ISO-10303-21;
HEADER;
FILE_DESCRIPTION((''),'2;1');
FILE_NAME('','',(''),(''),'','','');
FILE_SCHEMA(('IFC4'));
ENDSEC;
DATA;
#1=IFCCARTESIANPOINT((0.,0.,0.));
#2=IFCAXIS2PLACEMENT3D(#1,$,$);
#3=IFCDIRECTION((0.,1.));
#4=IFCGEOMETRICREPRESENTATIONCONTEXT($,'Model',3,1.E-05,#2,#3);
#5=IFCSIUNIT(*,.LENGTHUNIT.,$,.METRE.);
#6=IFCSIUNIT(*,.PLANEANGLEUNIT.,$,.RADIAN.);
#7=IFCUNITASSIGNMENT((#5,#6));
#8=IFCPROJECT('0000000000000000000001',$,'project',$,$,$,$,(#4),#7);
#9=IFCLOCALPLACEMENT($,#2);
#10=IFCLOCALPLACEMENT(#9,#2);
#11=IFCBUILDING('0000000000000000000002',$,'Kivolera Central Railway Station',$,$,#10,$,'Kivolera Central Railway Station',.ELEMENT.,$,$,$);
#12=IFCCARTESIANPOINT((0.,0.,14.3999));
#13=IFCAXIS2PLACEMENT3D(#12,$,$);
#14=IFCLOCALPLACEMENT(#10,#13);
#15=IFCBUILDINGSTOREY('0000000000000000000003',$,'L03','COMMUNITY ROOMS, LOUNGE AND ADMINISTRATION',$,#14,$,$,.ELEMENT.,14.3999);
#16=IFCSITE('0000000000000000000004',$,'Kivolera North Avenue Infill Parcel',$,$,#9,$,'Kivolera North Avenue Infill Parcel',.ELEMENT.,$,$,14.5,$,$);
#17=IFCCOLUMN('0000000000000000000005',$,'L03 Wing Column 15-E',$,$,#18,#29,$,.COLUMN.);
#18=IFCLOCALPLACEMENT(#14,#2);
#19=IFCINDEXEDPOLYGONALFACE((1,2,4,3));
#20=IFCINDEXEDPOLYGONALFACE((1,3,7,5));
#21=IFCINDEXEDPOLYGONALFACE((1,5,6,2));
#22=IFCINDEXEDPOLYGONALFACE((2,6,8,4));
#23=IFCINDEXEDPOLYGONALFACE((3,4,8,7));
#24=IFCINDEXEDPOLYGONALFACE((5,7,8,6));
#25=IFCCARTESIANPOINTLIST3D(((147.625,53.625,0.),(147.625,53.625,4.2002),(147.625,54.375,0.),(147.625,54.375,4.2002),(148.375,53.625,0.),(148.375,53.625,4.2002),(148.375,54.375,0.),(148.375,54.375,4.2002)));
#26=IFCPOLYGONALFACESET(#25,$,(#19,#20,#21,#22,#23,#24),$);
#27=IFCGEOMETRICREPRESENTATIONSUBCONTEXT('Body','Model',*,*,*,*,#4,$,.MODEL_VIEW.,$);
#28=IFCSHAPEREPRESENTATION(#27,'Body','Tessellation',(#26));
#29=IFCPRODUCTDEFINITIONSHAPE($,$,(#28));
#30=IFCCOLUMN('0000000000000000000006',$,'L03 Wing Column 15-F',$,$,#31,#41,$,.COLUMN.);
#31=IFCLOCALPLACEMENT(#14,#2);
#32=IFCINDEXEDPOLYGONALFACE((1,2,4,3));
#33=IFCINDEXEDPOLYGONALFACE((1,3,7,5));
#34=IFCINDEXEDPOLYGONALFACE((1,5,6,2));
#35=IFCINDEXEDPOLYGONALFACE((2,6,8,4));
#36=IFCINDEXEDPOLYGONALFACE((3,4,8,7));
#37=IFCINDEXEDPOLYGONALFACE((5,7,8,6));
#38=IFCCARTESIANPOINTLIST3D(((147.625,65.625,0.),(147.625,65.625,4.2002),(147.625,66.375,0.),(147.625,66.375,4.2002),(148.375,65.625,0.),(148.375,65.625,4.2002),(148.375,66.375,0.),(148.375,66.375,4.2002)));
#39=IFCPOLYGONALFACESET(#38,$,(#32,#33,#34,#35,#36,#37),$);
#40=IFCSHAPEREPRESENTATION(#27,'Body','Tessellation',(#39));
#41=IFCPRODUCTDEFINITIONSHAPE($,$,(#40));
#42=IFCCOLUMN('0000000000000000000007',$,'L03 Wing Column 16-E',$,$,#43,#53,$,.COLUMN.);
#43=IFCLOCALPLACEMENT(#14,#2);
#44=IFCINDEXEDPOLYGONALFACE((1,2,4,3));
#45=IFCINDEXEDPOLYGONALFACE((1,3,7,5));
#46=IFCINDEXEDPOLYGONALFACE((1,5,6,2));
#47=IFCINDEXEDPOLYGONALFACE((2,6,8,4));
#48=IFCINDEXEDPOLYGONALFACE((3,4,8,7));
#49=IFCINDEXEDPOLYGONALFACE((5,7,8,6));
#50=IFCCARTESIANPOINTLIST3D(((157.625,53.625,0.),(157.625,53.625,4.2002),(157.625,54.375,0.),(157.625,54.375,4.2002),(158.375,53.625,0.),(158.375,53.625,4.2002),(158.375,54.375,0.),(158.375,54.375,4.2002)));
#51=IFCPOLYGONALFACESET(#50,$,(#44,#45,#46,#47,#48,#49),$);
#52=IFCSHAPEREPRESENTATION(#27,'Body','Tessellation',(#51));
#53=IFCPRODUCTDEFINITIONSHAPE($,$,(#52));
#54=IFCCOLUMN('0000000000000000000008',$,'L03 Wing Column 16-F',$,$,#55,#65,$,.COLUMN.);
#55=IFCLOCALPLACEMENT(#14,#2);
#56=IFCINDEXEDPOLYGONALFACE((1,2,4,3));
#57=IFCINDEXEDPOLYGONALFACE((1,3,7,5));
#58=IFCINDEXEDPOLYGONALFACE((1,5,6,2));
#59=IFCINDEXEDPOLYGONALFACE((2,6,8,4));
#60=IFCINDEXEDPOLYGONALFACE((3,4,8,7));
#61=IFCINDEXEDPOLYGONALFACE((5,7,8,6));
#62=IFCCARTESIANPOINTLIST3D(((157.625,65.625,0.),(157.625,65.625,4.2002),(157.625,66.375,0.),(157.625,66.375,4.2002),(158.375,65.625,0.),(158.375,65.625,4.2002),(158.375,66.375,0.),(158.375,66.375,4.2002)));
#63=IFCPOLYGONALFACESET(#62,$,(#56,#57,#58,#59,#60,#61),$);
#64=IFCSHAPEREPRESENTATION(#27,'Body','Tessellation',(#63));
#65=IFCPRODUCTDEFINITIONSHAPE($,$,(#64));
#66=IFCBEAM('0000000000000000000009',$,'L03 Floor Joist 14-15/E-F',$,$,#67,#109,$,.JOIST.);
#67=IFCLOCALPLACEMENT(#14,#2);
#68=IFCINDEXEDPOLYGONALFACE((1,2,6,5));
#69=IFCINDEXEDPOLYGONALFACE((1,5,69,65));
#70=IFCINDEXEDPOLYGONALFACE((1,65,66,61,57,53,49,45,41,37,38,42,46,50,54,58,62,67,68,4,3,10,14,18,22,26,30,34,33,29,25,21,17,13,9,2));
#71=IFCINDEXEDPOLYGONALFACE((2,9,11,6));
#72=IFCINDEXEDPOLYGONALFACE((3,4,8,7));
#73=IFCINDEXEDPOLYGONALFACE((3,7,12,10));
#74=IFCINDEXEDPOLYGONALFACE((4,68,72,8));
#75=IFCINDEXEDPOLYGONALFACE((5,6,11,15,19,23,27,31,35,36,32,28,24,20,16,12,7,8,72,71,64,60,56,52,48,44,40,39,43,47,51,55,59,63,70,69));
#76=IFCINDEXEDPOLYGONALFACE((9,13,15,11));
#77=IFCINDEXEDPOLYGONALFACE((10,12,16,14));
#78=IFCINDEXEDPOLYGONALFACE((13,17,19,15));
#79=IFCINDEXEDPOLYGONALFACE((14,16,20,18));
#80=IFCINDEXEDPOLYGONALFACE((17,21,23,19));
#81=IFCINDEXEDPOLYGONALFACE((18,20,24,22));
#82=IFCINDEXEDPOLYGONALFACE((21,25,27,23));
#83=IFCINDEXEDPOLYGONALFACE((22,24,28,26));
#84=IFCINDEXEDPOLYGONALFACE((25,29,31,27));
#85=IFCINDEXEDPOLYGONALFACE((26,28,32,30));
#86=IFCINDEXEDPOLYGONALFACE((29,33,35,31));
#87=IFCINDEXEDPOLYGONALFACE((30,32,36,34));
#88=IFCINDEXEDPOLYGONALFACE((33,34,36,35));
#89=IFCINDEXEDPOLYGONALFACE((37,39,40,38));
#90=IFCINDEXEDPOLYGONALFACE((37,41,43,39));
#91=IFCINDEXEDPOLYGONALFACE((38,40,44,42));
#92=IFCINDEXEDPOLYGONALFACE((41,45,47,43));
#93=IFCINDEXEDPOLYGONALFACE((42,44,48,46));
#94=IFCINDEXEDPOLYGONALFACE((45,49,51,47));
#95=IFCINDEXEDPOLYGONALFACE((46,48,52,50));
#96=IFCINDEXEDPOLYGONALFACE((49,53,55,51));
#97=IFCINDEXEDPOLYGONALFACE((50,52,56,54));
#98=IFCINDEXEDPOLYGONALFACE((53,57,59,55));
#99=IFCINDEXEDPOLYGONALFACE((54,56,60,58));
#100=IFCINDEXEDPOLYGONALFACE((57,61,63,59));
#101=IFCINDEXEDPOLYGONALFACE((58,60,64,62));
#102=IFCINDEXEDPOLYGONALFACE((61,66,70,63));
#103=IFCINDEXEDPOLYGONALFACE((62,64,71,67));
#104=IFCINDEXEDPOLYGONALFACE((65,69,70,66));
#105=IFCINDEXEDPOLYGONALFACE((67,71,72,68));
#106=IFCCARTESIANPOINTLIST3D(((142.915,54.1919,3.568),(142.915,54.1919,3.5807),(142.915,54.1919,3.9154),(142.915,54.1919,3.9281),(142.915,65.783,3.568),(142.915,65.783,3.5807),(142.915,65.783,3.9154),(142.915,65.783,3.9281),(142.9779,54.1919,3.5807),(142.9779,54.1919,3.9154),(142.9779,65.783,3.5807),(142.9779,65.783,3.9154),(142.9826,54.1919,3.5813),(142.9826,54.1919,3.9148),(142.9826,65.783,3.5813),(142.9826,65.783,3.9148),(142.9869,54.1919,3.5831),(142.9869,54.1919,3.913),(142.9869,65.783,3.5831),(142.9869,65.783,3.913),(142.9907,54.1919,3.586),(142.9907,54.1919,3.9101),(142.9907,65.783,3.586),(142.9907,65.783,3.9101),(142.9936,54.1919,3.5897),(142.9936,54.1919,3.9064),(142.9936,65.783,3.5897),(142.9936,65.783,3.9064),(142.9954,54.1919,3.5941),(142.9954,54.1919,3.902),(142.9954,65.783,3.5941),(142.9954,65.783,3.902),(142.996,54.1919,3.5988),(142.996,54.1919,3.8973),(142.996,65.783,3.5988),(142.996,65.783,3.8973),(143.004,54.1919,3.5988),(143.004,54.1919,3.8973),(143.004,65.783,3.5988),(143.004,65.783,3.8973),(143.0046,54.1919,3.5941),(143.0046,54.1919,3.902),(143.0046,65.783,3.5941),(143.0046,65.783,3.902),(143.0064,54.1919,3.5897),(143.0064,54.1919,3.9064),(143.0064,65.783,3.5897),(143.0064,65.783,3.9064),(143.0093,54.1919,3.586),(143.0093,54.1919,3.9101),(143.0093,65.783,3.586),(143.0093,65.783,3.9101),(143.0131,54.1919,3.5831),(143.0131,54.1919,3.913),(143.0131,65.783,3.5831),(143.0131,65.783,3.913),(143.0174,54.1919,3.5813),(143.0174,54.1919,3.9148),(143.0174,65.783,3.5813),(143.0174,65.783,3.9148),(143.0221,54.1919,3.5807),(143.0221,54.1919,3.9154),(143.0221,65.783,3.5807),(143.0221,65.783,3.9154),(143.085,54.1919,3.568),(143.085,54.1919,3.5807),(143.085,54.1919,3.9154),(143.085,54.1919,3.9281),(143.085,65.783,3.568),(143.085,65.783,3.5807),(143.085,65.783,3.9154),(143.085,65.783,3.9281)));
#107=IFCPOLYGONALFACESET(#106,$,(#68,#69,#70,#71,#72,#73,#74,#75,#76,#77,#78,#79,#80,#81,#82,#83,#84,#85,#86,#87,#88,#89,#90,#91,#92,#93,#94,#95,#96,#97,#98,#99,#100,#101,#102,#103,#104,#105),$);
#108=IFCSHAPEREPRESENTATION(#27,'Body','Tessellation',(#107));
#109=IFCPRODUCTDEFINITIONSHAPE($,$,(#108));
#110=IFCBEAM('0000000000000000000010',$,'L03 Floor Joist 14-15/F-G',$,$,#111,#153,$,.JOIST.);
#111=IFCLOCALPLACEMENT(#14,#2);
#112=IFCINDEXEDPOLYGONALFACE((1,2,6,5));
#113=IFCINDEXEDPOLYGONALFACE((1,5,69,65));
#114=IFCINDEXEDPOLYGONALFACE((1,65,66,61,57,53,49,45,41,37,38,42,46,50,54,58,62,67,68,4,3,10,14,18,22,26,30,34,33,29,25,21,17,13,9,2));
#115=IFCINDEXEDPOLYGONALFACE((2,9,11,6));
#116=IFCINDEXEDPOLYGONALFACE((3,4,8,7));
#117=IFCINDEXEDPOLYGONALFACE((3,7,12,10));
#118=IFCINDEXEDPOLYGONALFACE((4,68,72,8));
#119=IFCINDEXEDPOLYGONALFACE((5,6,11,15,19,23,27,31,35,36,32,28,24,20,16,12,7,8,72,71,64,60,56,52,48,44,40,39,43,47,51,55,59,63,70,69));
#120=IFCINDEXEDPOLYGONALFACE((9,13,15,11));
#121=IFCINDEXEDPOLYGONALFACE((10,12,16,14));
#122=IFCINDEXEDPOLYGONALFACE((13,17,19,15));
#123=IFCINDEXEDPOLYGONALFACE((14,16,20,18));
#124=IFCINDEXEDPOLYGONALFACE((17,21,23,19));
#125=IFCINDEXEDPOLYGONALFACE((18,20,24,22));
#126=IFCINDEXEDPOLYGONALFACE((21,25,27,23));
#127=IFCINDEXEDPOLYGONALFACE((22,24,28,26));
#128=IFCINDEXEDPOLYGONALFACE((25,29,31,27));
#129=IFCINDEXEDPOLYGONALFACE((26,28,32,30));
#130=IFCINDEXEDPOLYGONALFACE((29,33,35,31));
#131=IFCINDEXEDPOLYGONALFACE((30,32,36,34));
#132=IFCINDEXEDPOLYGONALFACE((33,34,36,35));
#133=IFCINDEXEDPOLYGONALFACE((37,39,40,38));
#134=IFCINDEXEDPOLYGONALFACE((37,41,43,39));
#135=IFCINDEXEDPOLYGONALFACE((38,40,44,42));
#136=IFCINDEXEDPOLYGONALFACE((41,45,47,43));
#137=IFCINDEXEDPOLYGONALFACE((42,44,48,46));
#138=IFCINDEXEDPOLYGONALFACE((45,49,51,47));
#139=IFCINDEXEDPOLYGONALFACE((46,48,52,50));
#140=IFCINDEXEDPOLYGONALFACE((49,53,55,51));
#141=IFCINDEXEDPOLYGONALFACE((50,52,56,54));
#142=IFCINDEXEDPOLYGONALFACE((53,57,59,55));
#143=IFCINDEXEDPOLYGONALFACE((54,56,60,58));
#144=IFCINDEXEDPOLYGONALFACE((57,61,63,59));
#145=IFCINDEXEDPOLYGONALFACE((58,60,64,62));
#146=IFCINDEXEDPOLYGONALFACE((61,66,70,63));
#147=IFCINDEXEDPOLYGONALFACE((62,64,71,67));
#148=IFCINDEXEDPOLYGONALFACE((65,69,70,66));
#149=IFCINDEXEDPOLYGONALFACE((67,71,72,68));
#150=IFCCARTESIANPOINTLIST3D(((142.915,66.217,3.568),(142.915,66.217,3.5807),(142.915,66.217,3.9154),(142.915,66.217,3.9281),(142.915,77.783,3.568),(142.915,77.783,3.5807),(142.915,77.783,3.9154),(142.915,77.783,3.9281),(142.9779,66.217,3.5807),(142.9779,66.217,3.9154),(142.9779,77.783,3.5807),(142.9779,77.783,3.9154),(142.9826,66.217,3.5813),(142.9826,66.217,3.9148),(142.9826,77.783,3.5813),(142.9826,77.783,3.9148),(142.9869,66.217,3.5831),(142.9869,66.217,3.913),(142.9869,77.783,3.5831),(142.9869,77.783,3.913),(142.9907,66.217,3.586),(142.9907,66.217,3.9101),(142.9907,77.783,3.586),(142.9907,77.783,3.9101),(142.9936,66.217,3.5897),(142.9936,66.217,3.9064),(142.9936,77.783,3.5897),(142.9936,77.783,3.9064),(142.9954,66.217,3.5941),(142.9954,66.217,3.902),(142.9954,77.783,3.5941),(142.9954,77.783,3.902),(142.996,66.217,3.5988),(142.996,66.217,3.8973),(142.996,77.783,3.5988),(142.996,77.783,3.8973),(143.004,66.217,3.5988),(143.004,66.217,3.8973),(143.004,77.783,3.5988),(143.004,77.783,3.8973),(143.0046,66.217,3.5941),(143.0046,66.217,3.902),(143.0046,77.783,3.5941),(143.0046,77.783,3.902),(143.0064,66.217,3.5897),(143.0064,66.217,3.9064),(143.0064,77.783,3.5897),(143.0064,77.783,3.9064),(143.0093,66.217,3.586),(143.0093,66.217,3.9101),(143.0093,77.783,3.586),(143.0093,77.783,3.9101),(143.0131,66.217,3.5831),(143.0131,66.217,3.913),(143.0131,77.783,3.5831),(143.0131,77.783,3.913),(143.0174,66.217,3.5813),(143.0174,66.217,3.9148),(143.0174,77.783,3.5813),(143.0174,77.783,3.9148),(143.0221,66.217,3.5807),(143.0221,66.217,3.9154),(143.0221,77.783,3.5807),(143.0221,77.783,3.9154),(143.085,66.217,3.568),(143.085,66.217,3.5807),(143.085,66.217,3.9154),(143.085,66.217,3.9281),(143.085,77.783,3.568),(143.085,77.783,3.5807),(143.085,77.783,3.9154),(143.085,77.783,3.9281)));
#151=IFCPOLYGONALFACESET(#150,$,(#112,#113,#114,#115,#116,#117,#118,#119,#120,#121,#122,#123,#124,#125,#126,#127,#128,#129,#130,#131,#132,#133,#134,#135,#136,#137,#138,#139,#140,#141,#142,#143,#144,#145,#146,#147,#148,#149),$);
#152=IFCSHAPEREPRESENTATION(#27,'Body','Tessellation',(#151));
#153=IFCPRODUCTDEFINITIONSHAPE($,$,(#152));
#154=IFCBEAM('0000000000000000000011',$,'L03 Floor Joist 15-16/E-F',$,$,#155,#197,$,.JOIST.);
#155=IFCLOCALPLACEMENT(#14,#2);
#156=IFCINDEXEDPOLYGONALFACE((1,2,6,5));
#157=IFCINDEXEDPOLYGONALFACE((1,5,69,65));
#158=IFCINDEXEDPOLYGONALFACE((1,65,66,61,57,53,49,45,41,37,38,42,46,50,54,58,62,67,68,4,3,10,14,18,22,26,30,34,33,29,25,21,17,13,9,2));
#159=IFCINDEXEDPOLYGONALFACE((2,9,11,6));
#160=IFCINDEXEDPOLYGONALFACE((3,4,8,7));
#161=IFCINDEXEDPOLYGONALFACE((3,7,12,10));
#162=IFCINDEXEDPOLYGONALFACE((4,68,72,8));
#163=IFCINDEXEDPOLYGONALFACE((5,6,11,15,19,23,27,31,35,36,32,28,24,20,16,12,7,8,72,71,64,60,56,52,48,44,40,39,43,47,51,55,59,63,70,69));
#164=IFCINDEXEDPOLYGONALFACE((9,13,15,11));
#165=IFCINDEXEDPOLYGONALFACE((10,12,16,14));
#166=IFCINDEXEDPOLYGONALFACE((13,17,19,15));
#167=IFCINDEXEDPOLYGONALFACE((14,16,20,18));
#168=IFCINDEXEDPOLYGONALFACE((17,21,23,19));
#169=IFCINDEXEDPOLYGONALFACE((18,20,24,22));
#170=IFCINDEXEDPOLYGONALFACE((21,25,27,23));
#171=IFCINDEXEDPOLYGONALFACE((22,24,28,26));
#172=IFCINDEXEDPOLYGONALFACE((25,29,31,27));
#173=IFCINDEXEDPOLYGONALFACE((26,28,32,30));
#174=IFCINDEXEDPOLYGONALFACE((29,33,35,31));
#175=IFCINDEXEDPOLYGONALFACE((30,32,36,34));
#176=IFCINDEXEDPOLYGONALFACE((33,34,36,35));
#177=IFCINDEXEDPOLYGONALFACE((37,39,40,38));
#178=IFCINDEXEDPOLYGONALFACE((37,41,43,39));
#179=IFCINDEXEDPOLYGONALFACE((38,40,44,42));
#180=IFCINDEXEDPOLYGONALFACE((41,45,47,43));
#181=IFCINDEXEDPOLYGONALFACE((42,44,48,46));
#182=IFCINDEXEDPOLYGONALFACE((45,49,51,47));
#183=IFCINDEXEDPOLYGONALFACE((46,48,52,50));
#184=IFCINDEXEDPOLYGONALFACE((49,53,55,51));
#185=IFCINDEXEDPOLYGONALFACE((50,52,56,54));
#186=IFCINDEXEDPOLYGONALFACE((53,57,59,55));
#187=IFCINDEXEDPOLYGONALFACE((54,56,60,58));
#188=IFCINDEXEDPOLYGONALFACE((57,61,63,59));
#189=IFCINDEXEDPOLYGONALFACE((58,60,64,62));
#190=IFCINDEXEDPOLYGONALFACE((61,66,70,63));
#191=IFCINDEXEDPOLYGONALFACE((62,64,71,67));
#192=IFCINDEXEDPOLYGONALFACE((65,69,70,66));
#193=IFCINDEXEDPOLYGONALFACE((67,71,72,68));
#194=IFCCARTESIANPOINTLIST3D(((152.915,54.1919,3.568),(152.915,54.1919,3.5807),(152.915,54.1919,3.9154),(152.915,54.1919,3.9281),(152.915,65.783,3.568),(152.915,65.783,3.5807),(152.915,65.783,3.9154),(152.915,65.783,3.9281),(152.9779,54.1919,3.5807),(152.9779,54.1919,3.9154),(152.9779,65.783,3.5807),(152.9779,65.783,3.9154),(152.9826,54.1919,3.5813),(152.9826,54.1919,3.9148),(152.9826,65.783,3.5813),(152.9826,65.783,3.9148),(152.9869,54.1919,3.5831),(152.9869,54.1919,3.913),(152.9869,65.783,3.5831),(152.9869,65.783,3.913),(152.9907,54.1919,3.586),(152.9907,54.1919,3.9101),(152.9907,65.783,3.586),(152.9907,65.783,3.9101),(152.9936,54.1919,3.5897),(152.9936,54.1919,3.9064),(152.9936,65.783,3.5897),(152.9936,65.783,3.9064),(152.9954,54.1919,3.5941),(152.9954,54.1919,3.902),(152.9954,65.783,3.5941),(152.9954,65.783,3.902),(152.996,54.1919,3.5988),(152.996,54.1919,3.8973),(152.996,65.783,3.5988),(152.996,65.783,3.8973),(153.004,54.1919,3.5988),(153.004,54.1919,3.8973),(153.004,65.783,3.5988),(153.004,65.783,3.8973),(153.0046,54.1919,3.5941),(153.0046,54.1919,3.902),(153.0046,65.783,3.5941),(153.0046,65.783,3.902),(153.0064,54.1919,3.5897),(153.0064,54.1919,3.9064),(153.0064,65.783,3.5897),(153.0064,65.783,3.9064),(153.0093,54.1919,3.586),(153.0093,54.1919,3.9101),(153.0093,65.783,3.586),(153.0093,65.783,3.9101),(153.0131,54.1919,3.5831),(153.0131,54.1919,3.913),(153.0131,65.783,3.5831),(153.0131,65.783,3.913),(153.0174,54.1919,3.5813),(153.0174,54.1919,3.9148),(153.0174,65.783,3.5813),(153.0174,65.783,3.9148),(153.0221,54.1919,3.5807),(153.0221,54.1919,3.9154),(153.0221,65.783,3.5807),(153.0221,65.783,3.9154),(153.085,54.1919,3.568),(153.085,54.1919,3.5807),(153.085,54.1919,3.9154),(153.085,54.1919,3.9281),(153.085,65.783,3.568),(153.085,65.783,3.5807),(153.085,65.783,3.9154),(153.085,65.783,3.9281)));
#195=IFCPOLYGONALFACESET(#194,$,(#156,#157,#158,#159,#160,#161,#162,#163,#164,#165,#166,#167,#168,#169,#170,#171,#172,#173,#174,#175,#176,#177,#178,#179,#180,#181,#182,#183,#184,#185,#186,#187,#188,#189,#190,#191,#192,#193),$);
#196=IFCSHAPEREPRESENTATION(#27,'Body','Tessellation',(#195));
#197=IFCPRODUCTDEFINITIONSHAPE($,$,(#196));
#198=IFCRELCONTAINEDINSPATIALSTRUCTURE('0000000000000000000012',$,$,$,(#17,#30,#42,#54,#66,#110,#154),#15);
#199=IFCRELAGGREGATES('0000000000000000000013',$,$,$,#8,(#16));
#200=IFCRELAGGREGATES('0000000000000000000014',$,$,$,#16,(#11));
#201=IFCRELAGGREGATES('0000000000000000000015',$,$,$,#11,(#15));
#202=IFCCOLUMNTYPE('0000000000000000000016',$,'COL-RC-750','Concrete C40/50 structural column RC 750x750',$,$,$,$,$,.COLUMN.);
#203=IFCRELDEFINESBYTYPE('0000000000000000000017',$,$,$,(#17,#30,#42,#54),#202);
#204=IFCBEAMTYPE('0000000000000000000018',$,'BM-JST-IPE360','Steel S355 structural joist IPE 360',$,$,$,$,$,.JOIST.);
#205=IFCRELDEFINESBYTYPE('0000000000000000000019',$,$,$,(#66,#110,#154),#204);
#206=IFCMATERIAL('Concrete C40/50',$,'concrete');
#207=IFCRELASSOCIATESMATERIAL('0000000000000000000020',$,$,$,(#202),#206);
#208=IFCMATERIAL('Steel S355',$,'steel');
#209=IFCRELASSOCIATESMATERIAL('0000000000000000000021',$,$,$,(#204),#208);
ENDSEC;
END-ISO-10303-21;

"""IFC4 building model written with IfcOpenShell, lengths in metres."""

from ifc_helpers import new_model, si_unit, direction, frame, origin, origin_2d, place, context, subcontext, project, spatial, rectangle, i_section, extrude, material, material_profile, profile_set, type_object, element, save


model = new_model("IFC4")

# Units and contexts
model_context = context("Model", 3, precision=1e-05, world=origin(), true_north=direction((0.0, 1.0)))
body_context = subcontext(model_context, "Body", "Model", "MODEL_VIEW")
ifc_project = project(units=[si_unit("LENGTHUNIT", "METRE"), si_unit("PLANEANGLEUNIT", "RADIAN")], contexts=[model_context])

# Site, building, storey
site_placement = place(None, origin())
site = spatial("IfcSite", under=ifc_project, at=site_placement, Name="Kivolera North Avenue Infill Parcel", LongName="Kivolera North Avenue Infill Parcel", CompositionType="ELEMENT", RefElevation=14.5)
building_placement = place(site_placement, origin())
building = spatial("IfcBuilding", under=site, at=building_placement, Name="Kivolera Central Railway Station", LongName="Kivolera Central Railway Station", CompositionType="ELEMENT")
storey_placement = place(building_placement, frame((0.0, 0.0, 14.3999)))
storey = spatial("IfcBuildingStorey", under=building, at=storey_placement, Name="L03", Description="COMMUNITY ROOMS, LOUNGE AND ADMINISTRATION", CompositionType="ELEMENT", Elevation=14.3999)

# Columns
ifc_material_1 = material(Name="Concrete C40/50", Category="concrete")
ifc_material_profile_1 = material_profile(ifc_material_1, rectangle(XDim=0.75, YDim=0.75, at=origin_2d()), Name="RC 750x750")
ifc_profile_set_1 = profile_set([ifc_material_profile_1], Name="Concrete C40/50")
column_type = type_object("IfcColumnType", Name="COL-RC-750", Description="Concrete C40/50 structural column RC 750x750", PredefinedType="COLUMN", material=ifc_profile_set_1)
for number, where, z_axis, x_axis, name in (
    (1, (148.0, 54.0, 0.0), (0.0, 0.0, 1.0), (1.0, 0.0, 0.0), "L03 Wing Column 15-E"),
    (2, (148.0, 66.0, 0.0), (0.0, 0.0, 1.0), (1.0, 0.0, 0.0), "L03 Wing Column 15-F"),
    (3, (158.0, 54.0, 0.0), (0.0, 0.0, 1.0), (1.0, 0.0, 0.0), "L03 Wing Column 16-E"),
    (4, (158.0, 66.0, 0.0), (0.0, 0.0, 1.0), (1.0, 0.0, 0.0), "L03 Wing Column 16-F"),
):
    element("IfcColumn", number, at=place(storey_placement, frame(where, z_axis=z_axis, x_axis=x_axis)), inside=storey, type_object=column_type, Name=name, PredefinedType="COLUMN", context=body_context, shape_type="SweptSolid", body=[
        extrude(rectangle(XDim=0.75, YDim=0.75, at=origin_2d()), origin(), (0.0, 0.0, 1.0), 4.2002),
    ])

# Beams
ifc_material_2 = material(Name="Steel S355", Category="steel")
ifc_material_profile_2 = material_profile(ifc_material_2, i_section(OverallWidth=0.1699, OverallDepth=0.3601, WebThickness=0.0081, FlangeThickness=0.0127, FilletRadius=0.0181, at=origin_2d()), Name="IPE 360")
ifc_profile_set_2 = profile_set([ifc_material_profile_2], Name="Steel S355")
beam_type_1 = type_object("IfcBeamType", Name="BM-JST-IPE360", Description="Steel S355 structural joist IPE 360", PredefinedType="JOIST", material=ifc_profile_set_2)
beam_1_placement = place(storey_placement, frame((143.0, 54.1919, 3.748), z_axis=(0.0, 1.0, 0.0), x_axis=(-1.0, 0.0, 0.0)))
element("IfcBeam", 5, at=beam_1_placement, inside=storey, type_object=beam_type_1, Name="L03 Floor Joist 14-15/E-F", PredefinedType="JOIST", context=body_context, shape_type="SweptSolid", body=[
    extrude(i_section(OverallWidth=0.1699, OverallDepth=0.3601, WebThickness=0.0081, FlangeThickness=0.0127, FilletRadius=0.0181, at=origin_2d()), origin(), (0.0, 0.0, 1.0), 11.5911),
])
beam_2_placement = place(storey_placement, frame((143.0, 66.217, 3.748), z_axis=(0.0, 1.0, 0.0), x_axis=(-1.0, 0.0, 0.0)))
element("IfcBeam", 6, at=beam_2_placement, inside=storey, type_object=beam_type_1, Name="L03 Floor Joist 14-15/F-G", PredefinedType="JOIST", context=body_context, shape_type="SweptSolid", body=[
    extrude(i_section(OverallWidth=0.1699, OverallDepth=0.3601, WebThickness=0.0081, FlangeThickness=0.0127, FilletRadius=0.0181, at=origin_2d()), origin(), (0.0, 0.0, 1.0), 11.5659),
])
beam_3_placement = place(storey_placement, frame((153.0, 54.1919, 3.748), z_axis=(0.0, 1.0, 0.0), x_axis=(-1.0, 0.0, 0.0)))
element("IfcBeam", 7, at=beam_3_placement, inside=storey, type_object=beam_type_1, Name="L03 Floor Joist 15-16/E-F", PredefinedType="JOIST", context=body_context, shape_type="SweptSolid", body=[
    extrude(i_section(OverallWidth=0.1699, OverallDepth=0.3601, WebThickness=0.0081, FlangeThickness=0.0127, FilletRadius=0.0181, at=origin_2d()), origin(), (0.0, 0.0, 1.0), 11.5911),
])

save(model, "model.ifc")
